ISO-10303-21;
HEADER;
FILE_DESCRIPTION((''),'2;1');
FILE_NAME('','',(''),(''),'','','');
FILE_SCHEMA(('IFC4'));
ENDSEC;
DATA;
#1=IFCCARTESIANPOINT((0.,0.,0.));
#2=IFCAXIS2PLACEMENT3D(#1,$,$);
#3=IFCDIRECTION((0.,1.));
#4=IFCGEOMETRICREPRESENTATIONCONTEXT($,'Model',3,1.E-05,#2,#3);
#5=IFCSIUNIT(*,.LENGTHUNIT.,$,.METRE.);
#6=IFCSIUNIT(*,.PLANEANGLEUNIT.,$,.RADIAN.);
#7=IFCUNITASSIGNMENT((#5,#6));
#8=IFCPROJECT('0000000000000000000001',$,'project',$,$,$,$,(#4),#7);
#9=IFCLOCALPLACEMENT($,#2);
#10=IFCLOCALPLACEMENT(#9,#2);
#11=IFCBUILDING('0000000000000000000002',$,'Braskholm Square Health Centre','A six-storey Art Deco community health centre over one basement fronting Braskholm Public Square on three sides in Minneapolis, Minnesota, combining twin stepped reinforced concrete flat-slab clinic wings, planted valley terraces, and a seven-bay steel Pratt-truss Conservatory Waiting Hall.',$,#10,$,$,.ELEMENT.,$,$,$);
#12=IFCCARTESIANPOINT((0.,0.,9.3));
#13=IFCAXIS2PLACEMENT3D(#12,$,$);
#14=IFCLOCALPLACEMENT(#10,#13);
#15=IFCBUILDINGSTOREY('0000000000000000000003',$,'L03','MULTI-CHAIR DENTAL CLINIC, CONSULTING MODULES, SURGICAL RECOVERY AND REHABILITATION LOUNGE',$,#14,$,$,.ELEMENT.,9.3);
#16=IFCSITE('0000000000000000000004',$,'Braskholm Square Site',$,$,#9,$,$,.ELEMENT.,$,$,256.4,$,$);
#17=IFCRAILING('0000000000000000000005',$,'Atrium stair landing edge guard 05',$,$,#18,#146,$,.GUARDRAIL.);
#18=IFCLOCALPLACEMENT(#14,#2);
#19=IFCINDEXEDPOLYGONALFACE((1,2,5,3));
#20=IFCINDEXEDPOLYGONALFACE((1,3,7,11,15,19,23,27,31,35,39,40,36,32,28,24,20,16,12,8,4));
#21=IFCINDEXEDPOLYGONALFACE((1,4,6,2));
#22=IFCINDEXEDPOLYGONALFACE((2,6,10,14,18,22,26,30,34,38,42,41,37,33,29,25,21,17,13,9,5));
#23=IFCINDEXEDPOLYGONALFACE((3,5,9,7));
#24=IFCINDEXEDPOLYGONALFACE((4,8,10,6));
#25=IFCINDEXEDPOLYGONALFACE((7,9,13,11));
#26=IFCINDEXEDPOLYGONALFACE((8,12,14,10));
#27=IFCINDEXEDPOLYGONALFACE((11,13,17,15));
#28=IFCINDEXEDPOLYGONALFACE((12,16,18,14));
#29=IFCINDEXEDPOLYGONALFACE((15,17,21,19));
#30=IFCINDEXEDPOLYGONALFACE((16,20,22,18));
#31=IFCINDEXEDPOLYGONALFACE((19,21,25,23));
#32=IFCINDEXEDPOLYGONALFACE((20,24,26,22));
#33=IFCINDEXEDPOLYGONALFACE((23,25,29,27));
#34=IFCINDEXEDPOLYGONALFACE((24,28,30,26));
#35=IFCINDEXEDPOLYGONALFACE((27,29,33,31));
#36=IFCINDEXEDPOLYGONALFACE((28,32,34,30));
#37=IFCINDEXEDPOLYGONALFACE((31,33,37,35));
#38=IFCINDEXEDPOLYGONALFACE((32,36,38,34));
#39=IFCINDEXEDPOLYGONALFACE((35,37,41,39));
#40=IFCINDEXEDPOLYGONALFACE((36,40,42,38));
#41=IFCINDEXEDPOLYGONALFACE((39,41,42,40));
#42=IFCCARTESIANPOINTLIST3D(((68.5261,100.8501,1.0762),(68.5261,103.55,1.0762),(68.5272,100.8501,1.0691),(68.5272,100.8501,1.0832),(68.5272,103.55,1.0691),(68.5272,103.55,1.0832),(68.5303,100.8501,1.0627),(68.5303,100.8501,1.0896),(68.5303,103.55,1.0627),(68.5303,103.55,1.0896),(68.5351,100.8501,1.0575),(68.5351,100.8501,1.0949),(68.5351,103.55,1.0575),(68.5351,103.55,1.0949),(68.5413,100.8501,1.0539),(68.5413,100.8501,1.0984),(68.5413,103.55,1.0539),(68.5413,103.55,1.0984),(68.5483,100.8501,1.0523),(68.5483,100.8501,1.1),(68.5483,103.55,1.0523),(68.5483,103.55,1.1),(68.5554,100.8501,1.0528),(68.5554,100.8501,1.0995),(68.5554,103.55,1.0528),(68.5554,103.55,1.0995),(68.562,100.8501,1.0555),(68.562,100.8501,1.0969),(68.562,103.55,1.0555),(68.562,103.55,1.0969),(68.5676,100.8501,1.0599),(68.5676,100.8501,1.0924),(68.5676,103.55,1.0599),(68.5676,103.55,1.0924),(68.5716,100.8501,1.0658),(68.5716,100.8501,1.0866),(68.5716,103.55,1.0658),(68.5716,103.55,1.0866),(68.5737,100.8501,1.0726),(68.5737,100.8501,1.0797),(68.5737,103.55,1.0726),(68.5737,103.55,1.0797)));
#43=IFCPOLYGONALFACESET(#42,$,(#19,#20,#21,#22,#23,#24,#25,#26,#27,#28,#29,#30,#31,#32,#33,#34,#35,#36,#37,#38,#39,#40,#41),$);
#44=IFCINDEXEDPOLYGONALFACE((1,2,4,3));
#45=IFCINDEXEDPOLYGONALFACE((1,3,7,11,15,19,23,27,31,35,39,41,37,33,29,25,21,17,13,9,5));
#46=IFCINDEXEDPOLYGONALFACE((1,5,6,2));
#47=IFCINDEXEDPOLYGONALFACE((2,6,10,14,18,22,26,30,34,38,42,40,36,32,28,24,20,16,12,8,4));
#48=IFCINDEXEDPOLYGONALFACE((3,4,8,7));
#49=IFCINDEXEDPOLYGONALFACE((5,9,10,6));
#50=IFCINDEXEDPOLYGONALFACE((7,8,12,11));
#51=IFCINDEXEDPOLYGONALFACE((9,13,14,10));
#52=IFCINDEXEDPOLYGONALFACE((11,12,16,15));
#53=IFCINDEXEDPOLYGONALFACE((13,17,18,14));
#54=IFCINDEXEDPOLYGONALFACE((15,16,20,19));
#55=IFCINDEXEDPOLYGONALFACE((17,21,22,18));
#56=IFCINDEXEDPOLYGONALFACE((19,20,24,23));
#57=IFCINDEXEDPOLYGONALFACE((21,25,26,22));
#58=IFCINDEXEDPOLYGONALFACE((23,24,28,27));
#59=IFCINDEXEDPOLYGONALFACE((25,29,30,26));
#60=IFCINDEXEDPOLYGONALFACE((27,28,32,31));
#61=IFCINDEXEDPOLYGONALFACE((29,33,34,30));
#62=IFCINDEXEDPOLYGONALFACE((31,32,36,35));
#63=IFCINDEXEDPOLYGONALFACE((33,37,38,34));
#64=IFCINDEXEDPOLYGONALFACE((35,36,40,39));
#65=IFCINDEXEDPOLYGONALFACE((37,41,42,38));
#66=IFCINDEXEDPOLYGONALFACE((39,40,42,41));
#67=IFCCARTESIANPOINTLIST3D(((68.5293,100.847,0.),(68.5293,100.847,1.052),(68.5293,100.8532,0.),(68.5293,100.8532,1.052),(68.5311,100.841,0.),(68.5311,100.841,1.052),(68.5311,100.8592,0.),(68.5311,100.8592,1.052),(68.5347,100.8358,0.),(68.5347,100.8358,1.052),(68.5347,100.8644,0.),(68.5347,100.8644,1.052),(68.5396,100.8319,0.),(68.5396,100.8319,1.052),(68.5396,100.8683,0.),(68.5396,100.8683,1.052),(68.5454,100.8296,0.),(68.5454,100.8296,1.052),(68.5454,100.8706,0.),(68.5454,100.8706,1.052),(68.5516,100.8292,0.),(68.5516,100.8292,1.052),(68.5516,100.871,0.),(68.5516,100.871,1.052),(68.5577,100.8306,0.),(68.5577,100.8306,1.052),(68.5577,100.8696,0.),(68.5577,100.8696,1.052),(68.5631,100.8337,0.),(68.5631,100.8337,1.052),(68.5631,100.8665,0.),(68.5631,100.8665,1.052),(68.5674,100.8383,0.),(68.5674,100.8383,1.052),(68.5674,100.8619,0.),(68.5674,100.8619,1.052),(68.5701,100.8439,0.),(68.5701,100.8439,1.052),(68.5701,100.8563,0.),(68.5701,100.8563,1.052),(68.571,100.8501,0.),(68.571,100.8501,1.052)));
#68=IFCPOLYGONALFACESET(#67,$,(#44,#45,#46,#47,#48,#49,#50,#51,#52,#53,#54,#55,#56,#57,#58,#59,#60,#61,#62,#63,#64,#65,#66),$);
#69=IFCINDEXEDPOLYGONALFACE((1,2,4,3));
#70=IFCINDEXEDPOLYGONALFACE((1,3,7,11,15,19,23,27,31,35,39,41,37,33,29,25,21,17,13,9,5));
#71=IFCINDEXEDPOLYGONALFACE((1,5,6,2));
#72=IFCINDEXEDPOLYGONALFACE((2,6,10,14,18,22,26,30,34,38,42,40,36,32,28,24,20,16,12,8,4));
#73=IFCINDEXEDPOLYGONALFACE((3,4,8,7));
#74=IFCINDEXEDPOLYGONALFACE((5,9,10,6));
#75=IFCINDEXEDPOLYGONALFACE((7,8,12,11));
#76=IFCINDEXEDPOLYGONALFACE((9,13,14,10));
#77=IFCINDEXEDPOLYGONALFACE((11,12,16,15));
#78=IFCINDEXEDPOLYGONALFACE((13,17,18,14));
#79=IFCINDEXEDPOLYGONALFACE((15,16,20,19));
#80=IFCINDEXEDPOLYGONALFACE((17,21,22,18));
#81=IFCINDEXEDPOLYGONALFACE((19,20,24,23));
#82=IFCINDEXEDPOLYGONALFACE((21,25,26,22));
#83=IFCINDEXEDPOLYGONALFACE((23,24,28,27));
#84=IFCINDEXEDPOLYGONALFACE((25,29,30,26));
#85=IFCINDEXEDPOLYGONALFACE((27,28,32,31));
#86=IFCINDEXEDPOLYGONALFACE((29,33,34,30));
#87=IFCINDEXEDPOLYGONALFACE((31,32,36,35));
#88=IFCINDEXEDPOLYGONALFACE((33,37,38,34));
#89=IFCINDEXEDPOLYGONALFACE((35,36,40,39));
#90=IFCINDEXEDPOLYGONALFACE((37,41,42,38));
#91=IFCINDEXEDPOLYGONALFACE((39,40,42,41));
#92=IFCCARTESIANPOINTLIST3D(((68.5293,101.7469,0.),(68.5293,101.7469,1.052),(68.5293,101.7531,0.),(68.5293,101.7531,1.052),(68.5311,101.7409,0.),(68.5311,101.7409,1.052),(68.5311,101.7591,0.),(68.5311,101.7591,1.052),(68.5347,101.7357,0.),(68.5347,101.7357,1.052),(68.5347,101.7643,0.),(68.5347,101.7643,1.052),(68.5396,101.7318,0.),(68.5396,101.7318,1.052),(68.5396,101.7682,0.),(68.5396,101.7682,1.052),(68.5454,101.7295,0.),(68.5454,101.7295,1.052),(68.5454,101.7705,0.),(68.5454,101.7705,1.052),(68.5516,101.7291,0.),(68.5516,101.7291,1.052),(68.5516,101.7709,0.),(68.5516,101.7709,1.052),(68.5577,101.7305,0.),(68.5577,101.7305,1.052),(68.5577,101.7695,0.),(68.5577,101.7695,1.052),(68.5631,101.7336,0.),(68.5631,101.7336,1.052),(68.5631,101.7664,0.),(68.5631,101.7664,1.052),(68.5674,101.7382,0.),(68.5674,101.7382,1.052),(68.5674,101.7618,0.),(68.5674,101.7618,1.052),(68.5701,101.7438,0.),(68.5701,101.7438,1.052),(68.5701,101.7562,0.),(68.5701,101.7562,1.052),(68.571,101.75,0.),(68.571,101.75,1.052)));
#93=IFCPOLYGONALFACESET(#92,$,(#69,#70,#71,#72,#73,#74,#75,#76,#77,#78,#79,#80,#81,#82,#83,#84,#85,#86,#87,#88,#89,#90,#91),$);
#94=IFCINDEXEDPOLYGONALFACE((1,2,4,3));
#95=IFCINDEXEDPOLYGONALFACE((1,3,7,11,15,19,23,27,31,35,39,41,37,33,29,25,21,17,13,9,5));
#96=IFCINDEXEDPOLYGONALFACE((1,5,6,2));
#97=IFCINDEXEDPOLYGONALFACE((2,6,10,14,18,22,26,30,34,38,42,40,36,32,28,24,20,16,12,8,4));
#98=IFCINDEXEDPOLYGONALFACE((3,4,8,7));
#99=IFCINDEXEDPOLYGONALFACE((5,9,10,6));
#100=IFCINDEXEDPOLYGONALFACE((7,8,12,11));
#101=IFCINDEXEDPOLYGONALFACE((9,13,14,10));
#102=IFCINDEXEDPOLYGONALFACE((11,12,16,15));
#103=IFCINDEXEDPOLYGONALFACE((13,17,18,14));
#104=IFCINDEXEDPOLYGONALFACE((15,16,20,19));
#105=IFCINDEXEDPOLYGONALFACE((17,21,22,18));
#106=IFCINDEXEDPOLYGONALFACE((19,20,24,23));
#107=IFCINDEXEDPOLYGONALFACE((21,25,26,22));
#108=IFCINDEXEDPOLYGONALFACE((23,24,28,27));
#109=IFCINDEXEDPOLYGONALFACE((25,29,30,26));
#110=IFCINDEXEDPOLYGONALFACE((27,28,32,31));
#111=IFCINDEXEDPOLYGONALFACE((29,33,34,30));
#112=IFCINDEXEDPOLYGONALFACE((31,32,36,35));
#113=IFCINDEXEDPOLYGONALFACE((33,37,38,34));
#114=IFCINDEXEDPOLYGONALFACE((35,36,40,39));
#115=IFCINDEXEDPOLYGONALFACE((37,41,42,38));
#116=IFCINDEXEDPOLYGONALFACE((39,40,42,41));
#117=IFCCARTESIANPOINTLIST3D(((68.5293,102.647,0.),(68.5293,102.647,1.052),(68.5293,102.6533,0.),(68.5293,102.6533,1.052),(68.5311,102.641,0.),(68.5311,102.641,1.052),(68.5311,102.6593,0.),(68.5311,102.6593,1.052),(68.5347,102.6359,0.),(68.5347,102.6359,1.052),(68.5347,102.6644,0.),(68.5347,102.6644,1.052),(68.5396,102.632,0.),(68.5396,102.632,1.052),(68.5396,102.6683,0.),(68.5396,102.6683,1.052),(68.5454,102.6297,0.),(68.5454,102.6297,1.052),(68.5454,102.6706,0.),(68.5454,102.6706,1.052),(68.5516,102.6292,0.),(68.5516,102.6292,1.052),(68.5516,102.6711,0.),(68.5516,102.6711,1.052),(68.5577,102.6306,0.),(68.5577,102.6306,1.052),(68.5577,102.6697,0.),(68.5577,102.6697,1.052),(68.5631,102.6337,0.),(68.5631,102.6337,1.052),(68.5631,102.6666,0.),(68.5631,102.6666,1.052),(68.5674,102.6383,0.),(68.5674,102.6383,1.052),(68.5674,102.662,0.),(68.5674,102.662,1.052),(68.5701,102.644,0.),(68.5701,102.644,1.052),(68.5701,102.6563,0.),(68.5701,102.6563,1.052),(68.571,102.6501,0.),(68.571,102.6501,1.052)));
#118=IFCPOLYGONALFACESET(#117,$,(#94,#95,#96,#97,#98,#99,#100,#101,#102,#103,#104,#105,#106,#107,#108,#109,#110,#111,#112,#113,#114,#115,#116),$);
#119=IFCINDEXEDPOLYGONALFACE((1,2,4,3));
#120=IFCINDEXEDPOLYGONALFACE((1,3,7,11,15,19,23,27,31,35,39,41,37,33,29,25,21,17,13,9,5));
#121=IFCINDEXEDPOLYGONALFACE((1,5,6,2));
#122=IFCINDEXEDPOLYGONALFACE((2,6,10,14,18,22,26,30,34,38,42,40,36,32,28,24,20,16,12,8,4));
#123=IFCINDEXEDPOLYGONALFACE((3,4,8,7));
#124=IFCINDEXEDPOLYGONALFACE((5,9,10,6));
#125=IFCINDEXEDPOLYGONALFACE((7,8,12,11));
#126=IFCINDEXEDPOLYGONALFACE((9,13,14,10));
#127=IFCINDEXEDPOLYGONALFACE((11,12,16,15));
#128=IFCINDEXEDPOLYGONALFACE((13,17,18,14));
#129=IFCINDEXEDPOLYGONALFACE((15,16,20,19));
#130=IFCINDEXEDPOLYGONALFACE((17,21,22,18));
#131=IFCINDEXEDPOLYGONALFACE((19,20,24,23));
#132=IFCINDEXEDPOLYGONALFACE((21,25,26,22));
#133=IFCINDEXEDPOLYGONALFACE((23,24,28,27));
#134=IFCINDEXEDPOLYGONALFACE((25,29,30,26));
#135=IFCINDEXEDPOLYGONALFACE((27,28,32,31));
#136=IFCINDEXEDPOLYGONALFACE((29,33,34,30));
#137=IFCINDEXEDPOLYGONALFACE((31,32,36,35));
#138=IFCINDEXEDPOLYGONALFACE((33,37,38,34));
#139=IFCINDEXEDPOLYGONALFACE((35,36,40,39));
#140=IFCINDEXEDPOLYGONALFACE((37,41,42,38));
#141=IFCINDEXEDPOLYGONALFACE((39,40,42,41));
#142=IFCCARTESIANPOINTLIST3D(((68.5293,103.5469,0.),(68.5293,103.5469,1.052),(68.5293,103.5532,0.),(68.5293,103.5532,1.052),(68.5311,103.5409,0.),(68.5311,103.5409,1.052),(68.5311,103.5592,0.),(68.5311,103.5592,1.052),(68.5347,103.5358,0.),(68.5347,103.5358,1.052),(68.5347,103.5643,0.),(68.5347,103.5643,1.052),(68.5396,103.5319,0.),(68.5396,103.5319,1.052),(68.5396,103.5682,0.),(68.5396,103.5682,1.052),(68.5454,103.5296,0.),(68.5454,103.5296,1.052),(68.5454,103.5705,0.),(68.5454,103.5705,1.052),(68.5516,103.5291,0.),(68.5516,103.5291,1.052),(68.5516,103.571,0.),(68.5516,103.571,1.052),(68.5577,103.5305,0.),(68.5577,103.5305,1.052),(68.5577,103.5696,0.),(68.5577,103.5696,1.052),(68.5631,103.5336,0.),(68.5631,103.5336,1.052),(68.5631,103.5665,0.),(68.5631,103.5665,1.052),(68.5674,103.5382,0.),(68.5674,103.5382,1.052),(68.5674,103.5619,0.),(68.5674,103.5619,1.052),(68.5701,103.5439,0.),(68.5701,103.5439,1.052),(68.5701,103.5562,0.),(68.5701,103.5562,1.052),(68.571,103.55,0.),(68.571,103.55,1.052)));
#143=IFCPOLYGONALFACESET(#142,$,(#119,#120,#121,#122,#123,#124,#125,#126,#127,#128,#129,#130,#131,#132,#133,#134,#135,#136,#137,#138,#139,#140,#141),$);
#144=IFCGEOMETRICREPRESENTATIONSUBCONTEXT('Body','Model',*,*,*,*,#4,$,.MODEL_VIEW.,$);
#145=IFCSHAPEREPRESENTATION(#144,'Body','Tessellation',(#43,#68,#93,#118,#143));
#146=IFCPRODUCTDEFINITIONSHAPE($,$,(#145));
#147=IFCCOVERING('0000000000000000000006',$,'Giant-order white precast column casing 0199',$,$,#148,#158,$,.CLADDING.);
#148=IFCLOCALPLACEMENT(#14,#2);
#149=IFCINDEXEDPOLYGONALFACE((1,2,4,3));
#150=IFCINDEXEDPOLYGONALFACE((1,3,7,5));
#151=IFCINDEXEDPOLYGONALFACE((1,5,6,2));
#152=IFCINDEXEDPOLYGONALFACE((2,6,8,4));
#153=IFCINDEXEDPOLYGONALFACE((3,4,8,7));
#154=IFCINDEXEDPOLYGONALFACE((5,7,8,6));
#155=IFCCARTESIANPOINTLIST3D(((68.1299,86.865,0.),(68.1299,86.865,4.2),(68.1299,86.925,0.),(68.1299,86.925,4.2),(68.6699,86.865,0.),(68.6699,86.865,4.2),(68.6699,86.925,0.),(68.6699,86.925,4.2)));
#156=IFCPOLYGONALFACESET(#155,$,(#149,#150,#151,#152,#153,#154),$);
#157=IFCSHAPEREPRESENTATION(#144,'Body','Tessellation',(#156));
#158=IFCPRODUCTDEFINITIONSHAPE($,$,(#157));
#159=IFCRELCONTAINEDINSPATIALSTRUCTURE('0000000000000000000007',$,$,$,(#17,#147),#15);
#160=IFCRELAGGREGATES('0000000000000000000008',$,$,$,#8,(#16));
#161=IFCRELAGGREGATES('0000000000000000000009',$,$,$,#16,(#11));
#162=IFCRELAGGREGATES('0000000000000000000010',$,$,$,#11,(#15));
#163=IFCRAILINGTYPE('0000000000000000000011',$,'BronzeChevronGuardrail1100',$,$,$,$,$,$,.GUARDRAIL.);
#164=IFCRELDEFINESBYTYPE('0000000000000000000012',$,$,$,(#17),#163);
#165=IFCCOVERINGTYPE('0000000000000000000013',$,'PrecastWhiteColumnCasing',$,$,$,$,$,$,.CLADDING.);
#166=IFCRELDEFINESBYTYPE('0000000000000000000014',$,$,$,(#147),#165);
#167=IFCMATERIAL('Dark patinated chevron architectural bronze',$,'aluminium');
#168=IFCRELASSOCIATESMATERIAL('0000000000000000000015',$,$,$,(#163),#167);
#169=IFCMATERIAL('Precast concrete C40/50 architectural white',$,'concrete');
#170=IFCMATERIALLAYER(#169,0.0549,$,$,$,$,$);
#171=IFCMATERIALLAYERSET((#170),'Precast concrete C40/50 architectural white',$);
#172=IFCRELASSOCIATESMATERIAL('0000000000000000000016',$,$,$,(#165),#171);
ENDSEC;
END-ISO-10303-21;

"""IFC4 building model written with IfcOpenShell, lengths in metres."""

from ifc_helpers import new_model, si_unit, direction, frame, origin, origin_2d, place, context, subcontext, project, spatial, rectangle, circle, extrude, material, layer, layer_set, type_object, element, save


model = new_model("IFC4")

# Units and contexts
model_context = context("Model", 3, precision=1e-05, world=origin(), true_north=direction((0.0, 1.0)))
body_context = subcontext(model_context, "Body", "Model", "MODEL_VIEW")
ifc_project = project(units=[si_unit("LENGTHUNIT", "METRE"), si_unit("PLANEANGLEUNIT", "RADIAN")], contexts=[model_context])

# Site, building, storey
site_placement = place(None, origin())
site = spatial("IfcSite", under=ifc_project, at=site_placement, Name="Braskholm Square Site", CompositionType="ELEMENT", RefElevation=256.4)
building_placement = place(site_placement, origin())
building = spatial("IfcBuilding", under=site, at=building_placement, Name="Braskholm Square Health Centre", Description="A six-storey Art Deco community health centre over one basement fronting Braskholm Public Square on three sides in Minneapolis, Minnesota, combining twin stepped reinforced concrete flat-slab clinic wings, planted valley terraces, and a seven-bay steel Pratt-truss Conservatory Waiting Hall.", CompositionType="ELEMENT")
storey_placement = place(building_placement, frame((0.0, 0.0, 9.3)))
storey = spatial("IfcBuildingStorey", under=building, at=storey_placement, Name="L03", Description="MULTI-CHAIR DENTAL CLINIC, CONSULTING MODULES, SURGICAL RECOVERY AND REHABILITATION LOUNGE", CompositionType="ELEMENT", Elevation=9.3)

# Shared definitions
ifc_material_1 = material(Name="Precast concrete C40/50 architectural white", Category="concrete")

# Railing
ifc_material_2 = material(Name="Dark patinated chevron architectural bronze", Category="aluminium")
railing_type = type_object("IfcRailingType", Name="BronzeChevronGuardrail1100", PredefinedType="GUARDRAIL", material=ifc_material_2)
railing_1_placement = place(storey_placement, frame((68.55, 100.8501, 0.0)))
element("IfcRailing", 1, at=railing_1_placement, inside=storey, type_object=railing_type, Name="Atrium stair landing edge guard 05", PredefinedType="GUARDRAIL", context=body_context, shape_type="SweptSolid", body=[
    extrude(circle(Radius=0.0239, at=origin_2d()), frame((0.0, 0.0, 1.0762), z_axis=(0.0, 1.0, 0.0), x_axis=(-1.0, 0.0, 0.0)), (0.0, 0.0, 1.0), 2.7),
    extrude(circle(Radius=0.021, at=origin_2d()), origin(), (0.0, 0.0, 1.0), 1.052),
    extrude(circle(Radius=0.021, at=origin_2d()), frame((0.0, 0.8999, 0.0)), (0.0, 0.0, 1.0), 1.052),
    extrude(circle(Radius=0.021, at=origin_2d()), frame((0.0, 1.8, 0.0)), (0.0, 0.0, 1.0), 1.052),
    extrude(circle(Radius=0.021, at=origin_2d()), frame((0.0, 2.7, 0.0)), (0.0, 0.0, 1.0), 1.052),
])

# Covering
ifc_layer_1 = layer(ifc_material_1, 0.0549)
ifc_layer_set_1 = layer_set([ifc_layer_1], Name="Precast concrete C40/50 architectural white")
covering_type = type_object("IfcCoveringType", Name="PrecastWhiteColumnCasing", PredefinedType="CLADDING", material=ifc_layer_set_1)
covering_placement = place(storey_placement, frame((68.3999, 86.895, 0.0), z_axis=(0.0, 0.0, 1.0), x_axis=(1.0, 0.0, 0.0)))
element("IfcCovering", 2, at=covering_placement, inside=storey, type_object=covering_type, Name="Giant-order white precast column casing 0199", PredefinedType="CLADDING", context=body_context, shape_type="SweptSolid", body=[
    extrude(rectangle(XDim=0.54, YDim=0.0601, at=origin_2d()), origin(), (0.0, 0.0, 1.0), 4.2),
])

save(model, "model.ifc")
